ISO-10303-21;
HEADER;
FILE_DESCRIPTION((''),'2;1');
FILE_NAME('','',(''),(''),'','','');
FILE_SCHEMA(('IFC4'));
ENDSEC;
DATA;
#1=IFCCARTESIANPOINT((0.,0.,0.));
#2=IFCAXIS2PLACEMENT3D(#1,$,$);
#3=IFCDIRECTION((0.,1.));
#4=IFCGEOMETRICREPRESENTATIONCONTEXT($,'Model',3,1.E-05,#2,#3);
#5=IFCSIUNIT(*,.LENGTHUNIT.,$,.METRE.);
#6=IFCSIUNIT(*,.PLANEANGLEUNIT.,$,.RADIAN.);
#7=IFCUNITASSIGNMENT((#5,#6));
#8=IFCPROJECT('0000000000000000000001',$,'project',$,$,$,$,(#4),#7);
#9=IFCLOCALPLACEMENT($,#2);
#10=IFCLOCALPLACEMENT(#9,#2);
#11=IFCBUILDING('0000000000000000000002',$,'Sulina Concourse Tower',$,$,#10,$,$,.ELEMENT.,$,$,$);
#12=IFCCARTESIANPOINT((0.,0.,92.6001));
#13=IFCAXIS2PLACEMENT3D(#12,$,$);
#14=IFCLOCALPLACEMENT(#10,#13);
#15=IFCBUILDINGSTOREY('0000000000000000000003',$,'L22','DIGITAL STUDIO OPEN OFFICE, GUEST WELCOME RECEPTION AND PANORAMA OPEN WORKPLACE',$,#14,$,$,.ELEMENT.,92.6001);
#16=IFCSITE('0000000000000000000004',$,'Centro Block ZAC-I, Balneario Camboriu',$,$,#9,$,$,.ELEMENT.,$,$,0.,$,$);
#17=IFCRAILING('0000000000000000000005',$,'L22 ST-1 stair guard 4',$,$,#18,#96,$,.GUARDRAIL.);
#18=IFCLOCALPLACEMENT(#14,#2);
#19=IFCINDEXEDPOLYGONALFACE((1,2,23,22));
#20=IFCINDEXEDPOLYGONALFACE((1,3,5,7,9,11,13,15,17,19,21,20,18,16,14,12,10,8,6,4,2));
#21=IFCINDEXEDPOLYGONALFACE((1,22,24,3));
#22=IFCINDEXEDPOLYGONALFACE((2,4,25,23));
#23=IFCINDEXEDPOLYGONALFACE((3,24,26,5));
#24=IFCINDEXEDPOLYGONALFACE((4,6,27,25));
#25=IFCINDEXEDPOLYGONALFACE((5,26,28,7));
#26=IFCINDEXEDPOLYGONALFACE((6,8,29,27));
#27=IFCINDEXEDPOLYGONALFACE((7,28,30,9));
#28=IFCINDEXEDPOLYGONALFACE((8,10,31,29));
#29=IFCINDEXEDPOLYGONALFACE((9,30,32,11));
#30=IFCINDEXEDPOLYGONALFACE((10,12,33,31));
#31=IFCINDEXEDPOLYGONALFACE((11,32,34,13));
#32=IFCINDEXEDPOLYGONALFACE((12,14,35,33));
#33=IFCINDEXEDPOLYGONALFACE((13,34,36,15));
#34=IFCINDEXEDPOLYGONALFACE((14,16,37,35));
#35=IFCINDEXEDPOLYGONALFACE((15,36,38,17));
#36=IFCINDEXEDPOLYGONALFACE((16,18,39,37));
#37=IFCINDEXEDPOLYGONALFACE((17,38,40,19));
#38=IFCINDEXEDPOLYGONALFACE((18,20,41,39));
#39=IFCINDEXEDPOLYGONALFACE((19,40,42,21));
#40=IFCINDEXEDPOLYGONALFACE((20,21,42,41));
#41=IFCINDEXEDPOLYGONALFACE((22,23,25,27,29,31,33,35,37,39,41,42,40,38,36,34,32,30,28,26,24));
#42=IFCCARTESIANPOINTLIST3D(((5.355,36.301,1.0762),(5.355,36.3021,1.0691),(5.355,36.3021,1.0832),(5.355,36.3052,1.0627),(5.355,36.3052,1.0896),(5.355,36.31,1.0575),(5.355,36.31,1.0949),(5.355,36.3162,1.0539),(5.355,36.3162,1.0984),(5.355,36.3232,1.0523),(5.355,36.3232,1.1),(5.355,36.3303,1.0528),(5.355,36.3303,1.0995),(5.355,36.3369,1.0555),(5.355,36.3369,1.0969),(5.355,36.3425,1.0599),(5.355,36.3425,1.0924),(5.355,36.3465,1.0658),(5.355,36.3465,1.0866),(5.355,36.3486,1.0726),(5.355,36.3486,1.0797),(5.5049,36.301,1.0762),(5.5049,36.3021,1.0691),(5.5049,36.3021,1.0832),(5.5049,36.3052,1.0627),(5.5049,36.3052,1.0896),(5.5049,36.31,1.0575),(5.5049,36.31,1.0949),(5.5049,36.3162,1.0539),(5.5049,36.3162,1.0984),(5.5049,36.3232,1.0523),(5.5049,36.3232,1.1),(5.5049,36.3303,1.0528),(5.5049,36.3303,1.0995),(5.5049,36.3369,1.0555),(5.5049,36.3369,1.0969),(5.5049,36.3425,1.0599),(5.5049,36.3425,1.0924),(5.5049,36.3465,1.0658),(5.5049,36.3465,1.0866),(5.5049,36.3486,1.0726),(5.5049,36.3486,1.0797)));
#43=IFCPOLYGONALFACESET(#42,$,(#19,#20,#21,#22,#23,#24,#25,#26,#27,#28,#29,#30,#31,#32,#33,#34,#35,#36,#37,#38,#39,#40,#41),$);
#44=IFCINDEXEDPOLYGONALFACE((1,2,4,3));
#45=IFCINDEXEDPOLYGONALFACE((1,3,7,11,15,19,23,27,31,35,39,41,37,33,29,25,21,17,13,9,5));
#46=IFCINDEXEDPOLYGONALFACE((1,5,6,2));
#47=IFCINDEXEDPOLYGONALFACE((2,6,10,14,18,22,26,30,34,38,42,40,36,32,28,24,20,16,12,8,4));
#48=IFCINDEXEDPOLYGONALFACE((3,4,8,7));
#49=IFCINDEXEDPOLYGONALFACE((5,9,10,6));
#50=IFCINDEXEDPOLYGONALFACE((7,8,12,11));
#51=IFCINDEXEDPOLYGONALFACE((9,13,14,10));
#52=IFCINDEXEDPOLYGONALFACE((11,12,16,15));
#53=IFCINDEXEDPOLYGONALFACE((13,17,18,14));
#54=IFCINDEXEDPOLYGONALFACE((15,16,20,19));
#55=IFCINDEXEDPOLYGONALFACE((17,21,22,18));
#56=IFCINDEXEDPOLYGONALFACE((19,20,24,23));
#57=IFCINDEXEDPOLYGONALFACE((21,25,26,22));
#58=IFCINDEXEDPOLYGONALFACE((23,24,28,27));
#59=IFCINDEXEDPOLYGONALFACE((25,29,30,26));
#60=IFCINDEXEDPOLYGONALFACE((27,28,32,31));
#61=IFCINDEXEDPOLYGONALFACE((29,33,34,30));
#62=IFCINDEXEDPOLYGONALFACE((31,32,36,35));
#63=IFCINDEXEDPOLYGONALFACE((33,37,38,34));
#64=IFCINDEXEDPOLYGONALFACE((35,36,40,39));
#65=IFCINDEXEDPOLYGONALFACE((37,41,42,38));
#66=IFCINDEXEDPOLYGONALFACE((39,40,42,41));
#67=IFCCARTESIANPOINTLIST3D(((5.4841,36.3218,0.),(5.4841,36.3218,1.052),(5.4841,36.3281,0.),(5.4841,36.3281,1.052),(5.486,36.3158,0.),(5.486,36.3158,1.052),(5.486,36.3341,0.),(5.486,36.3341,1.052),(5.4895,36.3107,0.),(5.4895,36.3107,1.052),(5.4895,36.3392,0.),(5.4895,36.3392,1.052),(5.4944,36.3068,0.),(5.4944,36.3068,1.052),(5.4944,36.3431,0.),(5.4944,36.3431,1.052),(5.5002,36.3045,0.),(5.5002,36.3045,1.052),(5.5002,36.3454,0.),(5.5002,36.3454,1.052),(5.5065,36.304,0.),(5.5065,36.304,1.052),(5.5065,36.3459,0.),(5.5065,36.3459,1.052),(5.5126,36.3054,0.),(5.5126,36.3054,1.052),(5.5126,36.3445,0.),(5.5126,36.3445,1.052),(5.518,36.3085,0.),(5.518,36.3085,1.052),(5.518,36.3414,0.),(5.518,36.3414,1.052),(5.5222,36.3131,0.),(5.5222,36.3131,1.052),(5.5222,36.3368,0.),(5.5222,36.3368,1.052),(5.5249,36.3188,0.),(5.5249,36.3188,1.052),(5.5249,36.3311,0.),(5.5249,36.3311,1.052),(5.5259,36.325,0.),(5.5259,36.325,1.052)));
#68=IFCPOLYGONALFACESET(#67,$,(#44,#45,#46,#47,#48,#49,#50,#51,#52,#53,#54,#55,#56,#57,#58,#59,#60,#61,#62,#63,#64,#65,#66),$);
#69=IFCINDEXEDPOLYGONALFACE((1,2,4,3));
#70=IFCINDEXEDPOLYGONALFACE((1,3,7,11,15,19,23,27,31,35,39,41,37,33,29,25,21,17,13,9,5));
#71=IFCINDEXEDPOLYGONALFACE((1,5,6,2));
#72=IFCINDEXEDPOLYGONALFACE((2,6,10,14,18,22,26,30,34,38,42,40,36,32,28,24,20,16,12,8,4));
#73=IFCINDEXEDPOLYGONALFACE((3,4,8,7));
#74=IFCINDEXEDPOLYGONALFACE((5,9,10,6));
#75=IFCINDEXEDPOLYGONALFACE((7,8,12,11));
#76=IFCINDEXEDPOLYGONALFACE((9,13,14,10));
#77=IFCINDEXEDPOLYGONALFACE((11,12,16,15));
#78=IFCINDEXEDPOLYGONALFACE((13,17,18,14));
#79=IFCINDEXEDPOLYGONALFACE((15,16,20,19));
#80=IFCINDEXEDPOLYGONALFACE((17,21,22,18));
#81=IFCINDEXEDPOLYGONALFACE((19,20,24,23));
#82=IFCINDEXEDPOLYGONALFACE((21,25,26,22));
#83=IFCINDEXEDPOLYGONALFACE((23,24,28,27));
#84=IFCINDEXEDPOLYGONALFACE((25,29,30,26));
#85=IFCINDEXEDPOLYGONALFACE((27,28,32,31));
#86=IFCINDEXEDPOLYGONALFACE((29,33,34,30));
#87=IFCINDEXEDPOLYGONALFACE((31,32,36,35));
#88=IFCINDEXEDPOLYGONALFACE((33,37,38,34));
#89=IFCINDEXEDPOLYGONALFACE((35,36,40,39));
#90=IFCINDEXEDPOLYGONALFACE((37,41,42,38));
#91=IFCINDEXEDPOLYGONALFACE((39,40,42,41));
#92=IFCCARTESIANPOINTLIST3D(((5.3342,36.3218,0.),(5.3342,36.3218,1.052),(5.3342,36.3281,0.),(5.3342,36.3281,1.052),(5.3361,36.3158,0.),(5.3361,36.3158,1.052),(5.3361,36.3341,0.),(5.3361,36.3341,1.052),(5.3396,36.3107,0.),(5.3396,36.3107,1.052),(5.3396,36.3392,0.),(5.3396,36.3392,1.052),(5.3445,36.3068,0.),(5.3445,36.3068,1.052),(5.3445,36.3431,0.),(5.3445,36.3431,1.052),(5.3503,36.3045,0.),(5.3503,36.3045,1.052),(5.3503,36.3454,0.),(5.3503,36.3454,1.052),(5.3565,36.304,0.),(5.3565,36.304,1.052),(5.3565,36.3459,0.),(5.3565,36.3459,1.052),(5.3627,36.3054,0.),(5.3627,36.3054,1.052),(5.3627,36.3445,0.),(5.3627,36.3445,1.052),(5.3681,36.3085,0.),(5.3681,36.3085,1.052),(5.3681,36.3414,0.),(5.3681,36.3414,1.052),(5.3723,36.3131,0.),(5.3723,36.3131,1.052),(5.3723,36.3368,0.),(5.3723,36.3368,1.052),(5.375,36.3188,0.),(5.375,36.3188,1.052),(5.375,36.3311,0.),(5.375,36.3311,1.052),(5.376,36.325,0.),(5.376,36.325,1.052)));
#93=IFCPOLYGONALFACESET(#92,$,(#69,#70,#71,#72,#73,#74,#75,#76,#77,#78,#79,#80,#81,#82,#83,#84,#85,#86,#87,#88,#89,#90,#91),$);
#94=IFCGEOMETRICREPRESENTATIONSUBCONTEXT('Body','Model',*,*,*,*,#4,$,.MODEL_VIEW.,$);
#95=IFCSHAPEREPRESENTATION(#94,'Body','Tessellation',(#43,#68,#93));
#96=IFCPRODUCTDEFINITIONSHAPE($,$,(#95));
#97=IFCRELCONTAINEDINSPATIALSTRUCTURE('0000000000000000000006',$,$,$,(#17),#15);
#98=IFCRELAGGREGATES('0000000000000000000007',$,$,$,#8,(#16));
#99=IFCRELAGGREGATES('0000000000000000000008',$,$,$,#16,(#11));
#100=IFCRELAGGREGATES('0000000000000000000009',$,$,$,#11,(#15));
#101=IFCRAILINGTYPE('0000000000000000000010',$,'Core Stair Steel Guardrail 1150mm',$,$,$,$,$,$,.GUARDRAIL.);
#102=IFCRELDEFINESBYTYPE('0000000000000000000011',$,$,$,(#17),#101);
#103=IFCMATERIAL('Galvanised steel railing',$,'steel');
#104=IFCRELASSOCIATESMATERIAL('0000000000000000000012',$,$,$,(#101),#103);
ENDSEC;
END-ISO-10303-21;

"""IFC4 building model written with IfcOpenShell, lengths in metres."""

from ifc_helpers import new_model, si_unit, direction, frame, origin, origin_2d, place, context, subcontext, project, spatial, circle, extrude, material, type_object, element, save


model = new_model("IFC4")

# Units and contexts
model_context = context("Model", 3, precision=1e-05, world=origin(), true_north=direction((0.0, 1.0)))
body_context = subcontext(model_context, "Body", "Model", "MODEL_VIEW")
ifc_project = project(units=[si_unit("LENGTHUNIT", "METRE"), si_unit("PLANEANGLEUNIT", "RADIAN")], contexts=[model_context])

# Site, building, storey
site_placement = place(None, origin())
site = spatial("IfcSite", under=ifc_project, at=site_placement, Name="Centro Block ZAC-I, Balneario Camboriu", CompositionType="ELEMENT", RefElevation=0.0)
building_placement = place(site_placement, origin())
building = spatial("IfcBuilding", under=site, at=building_placement, Name="Sulina Concourse Tower", CompositionType="ELEMENT")
storey_placement = place(building_placement, frame((0.0, 0.0, 92.6001)))
storey = spatial("IfcBuildingStorey", under=building, at=storey_placement, Name="L22", Description="DIGITAL STUDIO OPEN OFFICE, GUEST WELCOME RECEPTION AND PANORAMA OPEN WORKPLACE", CompositionType="ELEMENT", Elevation=92.6001)

# Railing
ifc_material_1 = material(Name="Galvanised steel railing", Category="steel")
railing_type_1 = type_object("IfcRailingType", Name="Core Stair Steel Guardrail 1150mm", PredefinedType="GUARDRAIL", material=ifc_material_1)
railing_1_placement = place(storey_placement, frame((5.5049, 36.325, 0.0)))
element("IfcRailing", 1, at=railing_1_placement, inside=storey, type_object=railing_type_1, Name="L22 ST-1 stair guard 4", PredefinedType="GUARDRAIL", context=body_context, shape_type="SweptSolid", body=[
    extrude(circle(Radius=0.0239, at=origin_2d()), frame((0.0, 0.0, 1.0762), z_axis=(-1.0, 0.0, 0.0), x_axis=(0.0, -1.0, 0.0)), (0.0, 0.0, 1.0), 0.1499),
    extrude(circle(Radius=0.021, at=origin_2d()), origin(), (0.0, 0.0, 1.0), 1.052),
    extrude(circle(Radius=0.021, at=origin_2d()), frame((-0.1499, 0.0, 0.0)), (0.0, 0.0, 1.0), 1.052),
])

save(model, "model.ifc")
